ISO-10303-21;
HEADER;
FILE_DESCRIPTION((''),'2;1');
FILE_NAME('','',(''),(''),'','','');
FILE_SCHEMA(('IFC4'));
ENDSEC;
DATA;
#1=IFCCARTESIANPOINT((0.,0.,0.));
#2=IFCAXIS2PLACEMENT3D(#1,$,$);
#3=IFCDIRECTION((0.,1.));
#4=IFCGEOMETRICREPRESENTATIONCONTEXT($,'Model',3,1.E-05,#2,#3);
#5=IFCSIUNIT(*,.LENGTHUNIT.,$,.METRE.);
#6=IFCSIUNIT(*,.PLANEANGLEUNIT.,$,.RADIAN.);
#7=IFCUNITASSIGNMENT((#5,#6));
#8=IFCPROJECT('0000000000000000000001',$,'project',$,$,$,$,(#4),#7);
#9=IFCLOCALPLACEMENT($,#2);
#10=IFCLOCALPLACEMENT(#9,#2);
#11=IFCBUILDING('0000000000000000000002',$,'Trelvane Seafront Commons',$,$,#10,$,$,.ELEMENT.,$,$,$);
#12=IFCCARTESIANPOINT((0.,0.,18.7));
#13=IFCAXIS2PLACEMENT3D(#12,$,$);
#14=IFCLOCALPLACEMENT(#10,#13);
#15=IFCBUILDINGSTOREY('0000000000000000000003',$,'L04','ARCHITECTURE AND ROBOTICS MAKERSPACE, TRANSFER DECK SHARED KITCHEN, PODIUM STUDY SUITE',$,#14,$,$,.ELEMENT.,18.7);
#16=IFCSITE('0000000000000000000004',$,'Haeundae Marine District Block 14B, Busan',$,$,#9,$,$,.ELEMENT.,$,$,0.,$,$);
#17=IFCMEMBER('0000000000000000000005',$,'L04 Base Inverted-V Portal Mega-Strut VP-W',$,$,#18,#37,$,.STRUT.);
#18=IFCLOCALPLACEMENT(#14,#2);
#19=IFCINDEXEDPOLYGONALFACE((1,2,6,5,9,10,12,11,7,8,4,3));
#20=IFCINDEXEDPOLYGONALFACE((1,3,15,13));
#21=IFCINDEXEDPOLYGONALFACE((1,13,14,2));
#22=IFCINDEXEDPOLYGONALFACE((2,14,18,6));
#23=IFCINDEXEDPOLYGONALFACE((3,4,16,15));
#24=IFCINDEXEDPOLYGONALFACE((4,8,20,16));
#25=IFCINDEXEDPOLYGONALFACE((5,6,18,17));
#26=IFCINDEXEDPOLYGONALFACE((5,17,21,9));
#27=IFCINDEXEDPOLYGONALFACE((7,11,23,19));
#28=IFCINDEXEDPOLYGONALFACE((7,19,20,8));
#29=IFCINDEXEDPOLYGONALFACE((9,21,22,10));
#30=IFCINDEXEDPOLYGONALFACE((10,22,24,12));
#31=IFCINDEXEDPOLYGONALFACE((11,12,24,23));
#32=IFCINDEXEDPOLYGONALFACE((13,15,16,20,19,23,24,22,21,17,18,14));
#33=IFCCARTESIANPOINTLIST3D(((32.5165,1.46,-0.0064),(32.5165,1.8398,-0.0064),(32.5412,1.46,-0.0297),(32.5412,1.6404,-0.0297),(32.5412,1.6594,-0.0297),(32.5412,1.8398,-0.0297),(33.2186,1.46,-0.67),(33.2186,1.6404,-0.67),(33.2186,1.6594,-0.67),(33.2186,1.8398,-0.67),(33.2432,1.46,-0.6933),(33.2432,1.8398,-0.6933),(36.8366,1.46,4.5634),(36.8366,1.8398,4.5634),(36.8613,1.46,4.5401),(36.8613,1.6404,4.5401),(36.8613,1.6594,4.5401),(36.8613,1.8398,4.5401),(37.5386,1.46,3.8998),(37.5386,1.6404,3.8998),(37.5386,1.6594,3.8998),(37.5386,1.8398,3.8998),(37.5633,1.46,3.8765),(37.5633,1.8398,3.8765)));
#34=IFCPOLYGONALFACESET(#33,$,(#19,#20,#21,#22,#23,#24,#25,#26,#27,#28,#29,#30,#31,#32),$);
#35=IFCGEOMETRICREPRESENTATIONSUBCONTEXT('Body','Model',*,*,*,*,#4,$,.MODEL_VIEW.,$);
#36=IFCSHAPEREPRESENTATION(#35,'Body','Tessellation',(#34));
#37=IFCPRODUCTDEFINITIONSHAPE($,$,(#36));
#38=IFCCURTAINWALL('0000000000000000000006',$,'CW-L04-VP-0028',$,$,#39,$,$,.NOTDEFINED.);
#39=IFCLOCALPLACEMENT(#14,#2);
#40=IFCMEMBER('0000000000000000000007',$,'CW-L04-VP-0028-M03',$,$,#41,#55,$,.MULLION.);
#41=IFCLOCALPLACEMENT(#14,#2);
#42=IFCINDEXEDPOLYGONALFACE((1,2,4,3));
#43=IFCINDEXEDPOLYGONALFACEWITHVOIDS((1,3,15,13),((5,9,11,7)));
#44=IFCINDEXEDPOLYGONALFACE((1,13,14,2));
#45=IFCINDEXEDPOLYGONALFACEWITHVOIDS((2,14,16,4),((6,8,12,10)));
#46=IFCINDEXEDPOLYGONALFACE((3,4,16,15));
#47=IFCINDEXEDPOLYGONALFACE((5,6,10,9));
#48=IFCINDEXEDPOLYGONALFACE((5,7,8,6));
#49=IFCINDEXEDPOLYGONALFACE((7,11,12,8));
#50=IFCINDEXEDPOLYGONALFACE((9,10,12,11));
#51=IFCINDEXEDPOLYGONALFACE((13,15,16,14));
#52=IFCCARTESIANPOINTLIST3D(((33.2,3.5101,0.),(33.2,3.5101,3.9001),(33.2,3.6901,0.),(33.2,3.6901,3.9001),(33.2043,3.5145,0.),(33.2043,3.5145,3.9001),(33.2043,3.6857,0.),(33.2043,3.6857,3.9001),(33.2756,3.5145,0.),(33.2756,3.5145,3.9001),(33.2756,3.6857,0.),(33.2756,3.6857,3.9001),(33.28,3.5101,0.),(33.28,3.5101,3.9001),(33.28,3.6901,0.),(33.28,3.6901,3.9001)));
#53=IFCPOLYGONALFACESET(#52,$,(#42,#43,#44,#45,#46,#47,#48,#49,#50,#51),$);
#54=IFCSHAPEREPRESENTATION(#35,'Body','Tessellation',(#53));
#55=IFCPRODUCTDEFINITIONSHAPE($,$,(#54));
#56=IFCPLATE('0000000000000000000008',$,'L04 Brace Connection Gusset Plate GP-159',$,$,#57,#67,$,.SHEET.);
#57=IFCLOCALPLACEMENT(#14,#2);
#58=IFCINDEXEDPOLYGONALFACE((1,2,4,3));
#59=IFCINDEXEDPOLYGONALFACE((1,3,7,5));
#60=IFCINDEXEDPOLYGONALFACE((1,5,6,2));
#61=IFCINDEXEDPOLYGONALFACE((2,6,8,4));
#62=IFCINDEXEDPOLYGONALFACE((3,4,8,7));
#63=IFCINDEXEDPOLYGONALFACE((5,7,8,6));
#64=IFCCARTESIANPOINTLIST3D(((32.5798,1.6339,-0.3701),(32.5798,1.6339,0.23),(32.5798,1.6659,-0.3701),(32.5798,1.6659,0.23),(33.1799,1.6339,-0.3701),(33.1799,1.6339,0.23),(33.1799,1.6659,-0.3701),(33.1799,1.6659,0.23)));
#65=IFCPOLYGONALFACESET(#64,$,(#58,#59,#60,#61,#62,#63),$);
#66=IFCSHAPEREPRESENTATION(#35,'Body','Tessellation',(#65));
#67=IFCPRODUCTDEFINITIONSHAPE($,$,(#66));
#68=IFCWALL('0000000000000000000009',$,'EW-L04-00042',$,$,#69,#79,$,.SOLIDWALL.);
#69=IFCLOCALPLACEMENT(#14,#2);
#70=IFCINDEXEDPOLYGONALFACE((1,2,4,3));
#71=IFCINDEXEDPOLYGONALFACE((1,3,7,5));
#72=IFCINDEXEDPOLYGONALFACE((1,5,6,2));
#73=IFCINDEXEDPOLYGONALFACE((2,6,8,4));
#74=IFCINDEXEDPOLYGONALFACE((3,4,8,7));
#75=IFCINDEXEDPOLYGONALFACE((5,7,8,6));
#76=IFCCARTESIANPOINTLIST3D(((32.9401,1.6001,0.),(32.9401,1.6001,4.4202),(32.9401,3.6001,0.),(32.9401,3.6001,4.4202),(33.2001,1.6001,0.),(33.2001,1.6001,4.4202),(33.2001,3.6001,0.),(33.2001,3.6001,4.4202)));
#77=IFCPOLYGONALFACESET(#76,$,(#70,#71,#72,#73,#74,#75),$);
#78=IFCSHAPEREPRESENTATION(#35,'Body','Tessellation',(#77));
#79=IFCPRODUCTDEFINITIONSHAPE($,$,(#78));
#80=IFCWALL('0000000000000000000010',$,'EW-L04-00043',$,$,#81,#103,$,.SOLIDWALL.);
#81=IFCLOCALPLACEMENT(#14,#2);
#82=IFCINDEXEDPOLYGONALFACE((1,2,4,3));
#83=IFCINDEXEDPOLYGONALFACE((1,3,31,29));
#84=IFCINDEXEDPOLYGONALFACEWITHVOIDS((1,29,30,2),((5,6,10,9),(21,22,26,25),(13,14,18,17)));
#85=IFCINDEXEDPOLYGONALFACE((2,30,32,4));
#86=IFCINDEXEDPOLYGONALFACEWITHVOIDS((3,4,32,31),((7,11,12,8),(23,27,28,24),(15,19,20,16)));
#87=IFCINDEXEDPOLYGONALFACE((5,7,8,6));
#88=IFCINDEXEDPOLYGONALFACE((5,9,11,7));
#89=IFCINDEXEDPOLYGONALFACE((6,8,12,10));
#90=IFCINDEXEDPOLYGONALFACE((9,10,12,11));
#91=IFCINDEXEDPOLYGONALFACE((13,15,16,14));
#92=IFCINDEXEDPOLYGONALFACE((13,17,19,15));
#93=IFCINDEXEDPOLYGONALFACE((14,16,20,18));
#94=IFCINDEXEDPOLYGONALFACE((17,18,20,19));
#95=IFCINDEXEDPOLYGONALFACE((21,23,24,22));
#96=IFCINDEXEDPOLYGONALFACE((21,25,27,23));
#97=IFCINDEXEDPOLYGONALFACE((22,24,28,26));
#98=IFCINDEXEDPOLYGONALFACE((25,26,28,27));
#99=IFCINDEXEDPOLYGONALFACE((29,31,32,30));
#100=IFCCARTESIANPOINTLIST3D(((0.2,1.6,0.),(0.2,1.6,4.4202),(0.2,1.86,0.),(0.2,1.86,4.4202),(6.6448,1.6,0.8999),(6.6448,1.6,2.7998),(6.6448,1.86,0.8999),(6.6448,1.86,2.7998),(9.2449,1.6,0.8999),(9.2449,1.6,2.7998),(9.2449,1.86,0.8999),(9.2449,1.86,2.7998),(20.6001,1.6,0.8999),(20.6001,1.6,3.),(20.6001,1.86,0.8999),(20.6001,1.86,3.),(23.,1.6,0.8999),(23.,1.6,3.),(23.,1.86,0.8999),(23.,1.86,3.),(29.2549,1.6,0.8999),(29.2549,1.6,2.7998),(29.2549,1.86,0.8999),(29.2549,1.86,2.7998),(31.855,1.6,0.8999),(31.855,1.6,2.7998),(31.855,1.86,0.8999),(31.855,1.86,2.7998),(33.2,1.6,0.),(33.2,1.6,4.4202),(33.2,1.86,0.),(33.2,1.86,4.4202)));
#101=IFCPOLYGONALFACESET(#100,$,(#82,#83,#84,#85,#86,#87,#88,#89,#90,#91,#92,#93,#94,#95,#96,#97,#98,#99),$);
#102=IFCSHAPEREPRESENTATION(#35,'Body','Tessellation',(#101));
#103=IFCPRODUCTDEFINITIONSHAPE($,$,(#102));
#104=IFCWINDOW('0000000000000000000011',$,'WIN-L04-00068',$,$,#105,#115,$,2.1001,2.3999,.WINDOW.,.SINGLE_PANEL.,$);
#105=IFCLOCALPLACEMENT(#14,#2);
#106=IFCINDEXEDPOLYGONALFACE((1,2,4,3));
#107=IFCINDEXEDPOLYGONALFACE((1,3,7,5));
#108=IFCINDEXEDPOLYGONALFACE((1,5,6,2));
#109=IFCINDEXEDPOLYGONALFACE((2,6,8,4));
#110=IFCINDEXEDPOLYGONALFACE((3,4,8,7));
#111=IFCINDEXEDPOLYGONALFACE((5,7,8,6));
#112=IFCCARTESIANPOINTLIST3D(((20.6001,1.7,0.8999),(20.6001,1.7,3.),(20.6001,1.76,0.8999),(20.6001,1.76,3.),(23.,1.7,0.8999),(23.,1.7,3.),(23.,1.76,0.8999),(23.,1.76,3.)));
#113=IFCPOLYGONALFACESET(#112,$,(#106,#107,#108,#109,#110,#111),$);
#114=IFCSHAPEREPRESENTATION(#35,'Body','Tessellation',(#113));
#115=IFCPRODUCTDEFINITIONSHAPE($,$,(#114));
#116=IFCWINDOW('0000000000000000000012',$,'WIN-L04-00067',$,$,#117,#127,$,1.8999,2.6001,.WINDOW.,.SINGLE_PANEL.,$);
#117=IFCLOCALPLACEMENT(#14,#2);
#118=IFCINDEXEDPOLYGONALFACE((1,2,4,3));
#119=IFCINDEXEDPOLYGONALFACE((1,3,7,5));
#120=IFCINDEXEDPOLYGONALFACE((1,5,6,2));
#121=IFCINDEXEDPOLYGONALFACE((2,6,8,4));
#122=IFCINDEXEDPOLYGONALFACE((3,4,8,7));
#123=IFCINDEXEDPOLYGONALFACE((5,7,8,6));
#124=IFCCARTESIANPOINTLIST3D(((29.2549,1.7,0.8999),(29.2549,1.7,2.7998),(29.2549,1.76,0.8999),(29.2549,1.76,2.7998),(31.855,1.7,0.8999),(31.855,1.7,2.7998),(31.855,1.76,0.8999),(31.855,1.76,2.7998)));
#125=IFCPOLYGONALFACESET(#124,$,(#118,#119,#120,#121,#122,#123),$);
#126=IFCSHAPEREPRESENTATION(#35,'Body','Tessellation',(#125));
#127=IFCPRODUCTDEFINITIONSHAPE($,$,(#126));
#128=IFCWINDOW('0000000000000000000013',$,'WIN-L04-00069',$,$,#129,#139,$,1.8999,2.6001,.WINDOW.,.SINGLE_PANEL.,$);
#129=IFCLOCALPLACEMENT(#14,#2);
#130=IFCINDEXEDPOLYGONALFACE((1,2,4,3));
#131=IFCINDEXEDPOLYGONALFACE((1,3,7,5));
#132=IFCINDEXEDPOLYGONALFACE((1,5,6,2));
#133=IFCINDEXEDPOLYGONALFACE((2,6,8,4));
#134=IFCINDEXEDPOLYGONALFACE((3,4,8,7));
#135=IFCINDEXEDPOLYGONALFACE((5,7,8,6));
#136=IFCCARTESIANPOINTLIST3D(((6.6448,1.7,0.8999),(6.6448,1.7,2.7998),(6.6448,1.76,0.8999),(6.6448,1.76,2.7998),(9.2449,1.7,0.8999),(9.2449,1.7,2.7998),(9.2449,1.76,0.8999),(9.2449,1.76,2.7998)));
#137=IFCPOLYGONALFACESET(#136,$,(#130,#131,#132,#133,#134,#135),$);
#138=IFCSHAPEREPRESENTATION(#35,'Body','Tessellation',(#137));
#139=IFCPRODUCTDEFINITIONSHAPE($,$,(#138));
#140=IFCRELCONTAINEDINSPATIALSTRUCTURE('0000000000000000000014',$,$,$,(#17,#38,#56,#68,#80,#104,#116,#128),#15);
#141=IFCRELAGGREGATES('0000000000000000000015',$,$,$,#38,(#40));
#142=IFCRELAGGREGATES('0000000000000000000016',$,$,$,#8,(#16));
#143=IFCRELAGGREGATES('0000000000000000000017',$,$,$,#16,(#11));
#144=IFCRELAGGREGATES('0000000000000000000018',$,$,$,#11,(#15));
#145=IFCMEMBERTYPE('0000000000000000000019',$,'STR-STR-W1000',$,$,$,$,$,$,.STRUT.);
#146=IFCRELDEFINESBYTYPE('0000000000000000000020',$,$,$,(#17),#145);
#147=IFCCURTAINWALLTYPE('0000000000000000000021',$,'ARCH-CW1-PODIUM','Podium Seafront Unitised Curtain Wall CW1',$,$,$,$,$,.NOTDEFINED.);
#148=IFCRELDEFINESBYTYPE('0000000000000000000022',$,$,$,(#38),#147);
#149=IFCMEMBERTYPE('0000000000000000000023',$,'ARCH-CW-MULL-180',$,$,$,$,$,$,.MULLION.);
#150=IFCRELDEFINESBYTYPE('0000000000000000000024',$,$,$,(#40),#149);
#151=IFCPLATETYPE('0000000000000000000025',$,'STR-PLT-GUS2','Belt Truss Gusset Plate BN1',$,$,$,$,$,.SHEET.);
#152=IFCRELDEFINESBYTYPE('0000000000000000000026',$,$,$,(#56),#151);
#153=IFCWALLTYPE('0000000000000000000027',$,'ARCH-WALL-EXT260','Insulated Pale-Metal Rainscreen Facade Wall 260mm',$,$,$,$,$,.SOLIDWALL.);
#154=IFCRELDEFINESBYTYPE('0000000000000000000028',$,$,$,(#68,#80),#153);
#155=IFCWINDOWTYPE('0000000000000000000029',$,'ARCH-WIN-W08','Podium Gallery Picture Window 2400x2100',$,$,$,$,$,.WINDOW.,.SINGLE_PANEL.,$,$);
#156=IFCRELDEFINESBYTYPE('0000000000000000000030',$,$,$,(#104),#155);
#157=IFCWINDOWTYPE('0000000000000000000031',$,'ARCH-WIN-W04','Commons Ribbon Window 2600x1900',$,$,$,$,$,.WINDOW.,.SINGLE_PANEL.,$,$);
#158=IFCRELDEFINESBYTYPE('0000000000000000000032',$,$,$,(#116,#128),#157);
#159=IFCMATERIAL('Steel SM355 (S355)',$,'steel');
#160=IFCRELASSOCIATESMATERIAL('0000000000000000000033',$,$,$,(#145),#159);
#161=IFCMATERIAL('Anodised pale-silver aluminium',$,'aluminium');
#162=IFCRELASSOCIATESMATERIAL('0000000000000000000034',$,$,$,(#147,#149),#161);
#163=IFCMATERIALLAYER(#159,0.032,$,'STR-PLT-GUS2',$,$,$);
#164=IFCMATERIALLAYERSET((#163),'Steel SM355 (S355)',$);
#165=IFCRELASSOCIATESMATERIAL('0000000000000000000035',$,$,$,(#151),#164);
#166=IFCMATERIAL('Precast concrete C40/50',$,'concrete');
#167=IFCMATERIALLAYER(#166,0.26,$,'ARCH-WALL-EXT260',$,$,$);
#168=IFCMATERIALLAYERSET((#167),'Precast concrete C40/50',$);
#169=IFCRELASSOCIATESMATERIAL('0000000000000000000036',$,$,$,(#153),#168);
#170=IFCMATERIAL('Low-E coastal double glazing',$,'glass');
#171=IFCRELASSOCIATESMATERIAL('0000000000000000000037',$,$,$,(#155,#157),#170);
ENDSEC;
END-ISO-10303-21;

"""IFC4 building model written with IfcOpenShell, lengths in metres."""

from ifc_helpers import new_model, si_unit, direction, frame, frame_2d, origin, origin_2d, place, context, subcontext, project, spatial, rectangle, hollow_rectangle, i_section, extrude, source, transform, mapped, material, layer, layer_set, material_profile, profile_set, type_object, element, fill, aggregate, save


model = new_model("IFC4")

# Units and contexts
model_context = context("Model", 3, precision=1e-05, world=origin(), true_north=direction((0.0, 1.0)))
body_context = subcontext(model_context, "Body", "Model", "MODEL_VIEW")
ifc_project = project(units=[si_unit("LENGTHUNIT", "METRE"), si_unit("PLANEANGLEUNIT", "RADIAN")], contexts=[model_context])

# Site, building, storey
site_placement = place(None, origin())
site = spatial("IfcSite", under=ifc_project, at=site_placement, Name="Haeundae Marine District Block 14B, Busan", CompositionType="ELEMENT", RefElevation=0.0)
building_placement = place(site_placement, origin())
building = spatial("IfcBuilding", under=site, at=building_placement, Name="Trelvane Seafront Commons", CompositionType="ELEMENT")
storey_placement = place(building_placement, frame((0.0, 0.0, 18.7)))
storey = spatial("IfcBuildingStorey", under=building, at=storey_placement, Name="L04", Description="ARCHITECTURE AND ROBOTICS MAKERSPACE, TRANSFER DECK SHARED KITCHEN, PODIUM STUDY SUITE", CompositionType="ELEMENT", Elevation=18.7)

# Shared definitions
ifc_material_1 = material(Name="Steel SM355 (S355)", Category="steel")

# Member
ifc_material_profile_1 = material_profile(ifc_material_1, i_section(OverallWidth=0.3799, OverallDepth=1.0, WebThickness=0.019, FlangeThickness=0.0339, at=origin_2d()), Name="W-1000x380x19x34")
ifc_profile_set_1 = profile_set([ifc_material_profile_1], Name="Steel SM355 (S355)")
member_type_1 = type_object("IfcMemberType", Name="STR-STR-W1000", PredefinedType="STRUT", material=ifc_profile_set_1)
shared_shape_1 = source(origin(), body_context, "Body", "SweptSolid", [
    extrude(i_section(OverallWidth=0.3799, OverallDepth=1.0, WebThickness=0.019, FlangeThickness=0.0339, at=origin_2d()), origin(), (0.0, 0.0, 1.0), 6.2886),
])
member_1_placement = place(storey_placement, frame((32.8799, 1.6499, -0.3499), z_axis=(0.68697, 0.0, 0.726686), x_axis=(0.0, 1.0, 0.0)))
element("IfcMember", 1, at=member_1_placement, inside=storey, type_object=member_type_1, Name="L04 Base Inverted-V Portal Mega-Strut VP-W", PredefinedType="STRUT", context=body_context, shape_type="MappedRepresentation", body=[
    mapped(shared_shape_1, transform((0.0, 0.0, 0.0), x_axis=(1.0, 0.0, 0.0), y_axis=(0.0, 1.0, 0.0), z_axis=(0.0, 0.0, 1.0), scale=1.0)),
])

# Curtain wall, member
ifc_material_2 = material(Name="Anodised pale-silver aluminium", Category="aluminium")
curtain_wall_type = type_object("IfcCurtainWallType", Name="ARCH-CW1-PODIUM", Description="Podium Seafront Unitised Curtain Wall CW1", PredefinedType="NOTDEFINED", material=ifc_material_2)
curtain_wall_placement = place(storey_placement, origin())
curtain_wall = element("IfcCurtainWall", 2, at=curtain_wall_placement, inside=storey, type_object=curtain_wall_type, Name="CW-L04-VP-0028", PredefinedType="NOTDEFINED")
ifc_material_profile_2 = material_profile(ifc_material_2, hollow_rectangle(XDim=0.0801, YDim=0.1799, WallThickness=0.0044, at=origin_2d()), Name="MULL-80x180x4.5")
ifc_profile_set_2 = profile_set([ifc_material_profile_2], Name="Anodised pale-silver aluminium")
member_type_2 = type_object("IfcMemberType", Name="ARCH-CW-MULL-180", PredefinedType="MULLION", material=ifc_profile_set_2)
shared_shape_2 = source(origin(), body_context, "Body", "SweptSolid", [
    extrude(hollow_rectangle(XDim=0.0801, YDim=0.1799, WallThickness=0.0044, at=origin_2d()), origin(), (0.0, 0.0, 1.0), 3.9001),
])
member_2_placement = place(storey_placement, frame((33.24, 3.6001, 0.0), z_axis=(0.0, 0.0, 1.0), x_axis=(1.0, 0.0, 0.0)))
member_2 = element("IfcMember", 3, at=member_2_placement, type_object=member_type_2, Name="CW-L04-VP-0028-M03", PredefinedType="MULLION", context=body_context, shape_type="MappedRepresentation", body=[
    mapped(shared_shape_2, transform((0.0, 0.0, 0.0), x_axis=(1.0, 0.0, 0.0), y_axis=(0.0, 1.0, 0.0), z_axis=(0.0, 0.0, 1.0), scale=1.0)),
])
aggregate(curtain_wall, [member_2])

# Plate
ifc_layer_1 = layer(ifc_material_1, 0.032, Name="STR-PLT-GUS2")
ifc_layer_set_1 = layer_set([ifc_layer_1], Name="Steel SM355 (S355)")
plate_type = type_object("IfcPlateType", Name="STR-PLT-GUS2", Description="Belt Truss Gusset Plate BN1", PredefinedType="SHEET", material=ifc_layer_set_1)
shared_shape_3 = source(origin(), body_context, "Body", "SweptSolid", [
    extrude(rectangle(XDim=0.6001, YDim=0.032, at=origin_2d()), origin(), (0.0, 0.0, 1.0), 0.6001),
])
plate_placement = place(storey_placement, frame((32.8799, 1.6499, -0.3701), z_axis=(0.0, 0.0, 1.0), x_axis=(1.0, 0.0, 0.0)))
element("IfcPlate", 4, at=plate_placement, inside=storey, type_object=plate_type, Name="L04 Brace Connection Gusset Plate GP-159", PredefinedType="SHEET", context=body_context, shape_type="MappedRepresentation", body=[
    mapped(shared_shape_3, transform((0.0, 0.0, 0.0), x_axis=(1.0, 0.0, 0.0), y_axis=(0.0, 1.0, 0.0), z_axis=(0.0, 0.0, 1.0), scale=1.0)),
])

# Wall
ifc_material_3 = material(Name="Precast concrete C40/50", Category="concrete")
ifc_layer_2 = layer(ifc_material_3, 0.26, Name="ARCH-WALL-EXT260")
ifc_layer_set_2 = layer_set([ifc_layer_2], Name="Precast concrete C40/50")
wall_type_1 = type_object("IfcWallType", Name="ARCH-WALL-EXT260", Description="Insulated Pale-Metal Rainscreen Facade Wall 260mm", PredefinedType="SOLIDWALL", material=ifc_layer_set_2)
wall_1_placement = place(storey_placement, frame((33.0701, 3.6001, 0.0), z_axis=(0.0, 0.0, 1.0), x_axis=(0.0, -1.0, 0.0)))
element("IfcWall", 5, at=wall_1_placement, inside=storey, type_object=wall_type_1, Name="EW-L04-00042", PredefinedType="SOLIDWALL", context=body_context, shape_type="SweptSolid", body=[
    extrude(rectangle(XDim=2.0, YDim=0.26, at=frame_2d((1.0, 0.0))), origin(), (0.0, 0.0, 1.0), 4.4202),
])

# Wall, openings, windows
wall_2_placement = place(storey_placement, frame((33.2, 1.73, 0.0), z_axis=(0.0, 0.0, 1.0), x_axis=(-1.0, 0.0, 0.0)))
wall_2 = element("IfcWall", 6, at=wall_2_placement, inside=storey, type_object=wall_type_1, Name="EW-L04-00043", PredefinedType="SOLIDWALL", context=body_context, shape_type="SweptSolid", body=[
    extrude(rectangle(XDim=33.0, YDim=0.26, at=frame_2d((16.5, 0.0))), origin(), (0.0, 0.0, 1.0), 4.4202),
])
opening_1_placement = place(wall_2_placement, frame((1.345, 0.0, 0.8999)))
opening_1 = element("IfcOpeningElement", 7, at=opening_1_placement, cuts=wall_2, PredefinedType="OPENING", context=body_context, shape_type="SweptSolid", body=[
    extrude(rectangle(XDim=2.6001, YDim=1.8999, at=frame_2d((1.3, 0.95))), frame((0.0, 0.1399, 0.0), z_axis=(0.0, -1.0, 0.0), x_axis=(1.0, 0.0, 0.0)), (0.0, 0.0, 1.0), 0.28),
])
opening_2_placement = place(wall_2_placement, frame((10.2, 0.0, 0.8999)))
opening_2 = element("IfcOpeningElement", 8, at=opening_2_placement, cuts=wall_2, PredefinedType="OPENING", context=body_context, shape_type="SweptSolid", body=[
    extrude(rectangle(XDim=2.3999, YDim=2.1001, at=frame_2d((1.2, 1.05))), frame((0.0, 0.1399, 0.0), z_axis=(0.0, -1.0, 0.0), x_axis=(1.0, 0.0, 0.0)), (0.0, 0.0, 1.0), 0.28),
])
opening_3_placement = place(wall_2_placement, frame((23.9551, 0.0, 0.8999)))
opening_3 = element("IfcOpeningElement", 9, at=opening_3_placement, cuts=wall_2, PredefinedType="OPENING", context=body_context, shape_type="SweptSolid", body=[
    extrude(rectangle(XDim=2.6001, YDim=1.8999, at=frame_2d((1.3, 0.95))), frame((0.0, 0.1399, 0.0), z_axis=(0.0, -1.0, 0.0), x_axis=(1.0, 0.0, 0.0)), (0.0, 0.0, 1.0), 0.28),
])
ifc_material_4 = material(Name="Low-E coastal double glazing", Category="glass")
window_type_1 = type_object("IfcWindowType", Name="ARCH-WIN-W08", Description="Podium Gallery Picture Window 2400x2100", PartitioningType="SINGLE_PANEL", PredefinedType="WINDOW", material=ifc_material_4)
shared_shape_4 = source(origin(), body_context, "Body", "SweptSolid", [
    extrude(rectangle(XDim=2.3999, YDim=2.1001, at=frame_2d((1.2, 1.05))), frame((0.0, 0.03, 0.0), z_axis=(0.0, -1.0, 0.0), x_axis=(1.0, 0.0, 0.0)), (0.0, 0.0, 1.0), 0.0601),
])
window_1_placement = place(opening_2_placement, origin())
window_1 = element("IfcWindow", 10, at=window_1_placement, inside=storey, type_object=window_type_1, Name="WIN-L04-00068", OverallHeight=2.1001, OverallWidth=2.3999, PartitioningType="SINGLE_PANEL", PredefinedType="WINDOW", context=body_context, shape_type="MappedRepresentation", body=[
    mapped(shared_shape_4, transform((0.0, 0.0, 0.0), x_axis=(1.0, 0.0, 0.0), y_axis=(0.0, 1.0, 0.0), z_axis=(0.0, 0.0, 1.0), scale=1.0)),
])
fill(opening_2, window_1)
window_type_2 = type_object("IfcWindowType", Name="ARCH-WIN-W04", Description="Commons Ribbon Window 2600x1900", PartitioningType="SINGLE_PANEL", PredefinedType="WINDOW", material=ifc_material_4)
shared_shape_5 = source(origin(), body_context, "Body", "SweptSolid", [
    extrude(rectangle(XDim=2.6001, YDim=1.8999, at=frame_2d((1.3, 0.95))), frame((0.0, 0.03, 0.0), z_axis=(0.0, -1.0, 0.0), x_axis=(1.0, 0.0, 0.0)), (0.0, 0.0, 1.0), 0.0601),
])
window_2_placement = place(opening_1_placement, origin())
window_2 = element("IfcWindow", 11, at=window_2_placement, inside=storey, type_object=window_type_2, Name="WIN-L04-00067", OverallHeight=1.8999, OverallWidth=2.6001, PartitioningType="SINGLE_PANEL", PredefinedType="WINDOW", context=body_context, shape_type="MappedRepresentation", body=[
    mapped(shared_shape_5, transform((0.0, 0.0, 0.0), x_axis=(1.0, 0.0, 0.0), y_axis=(0.0, 1.0, 0.0), z_axis=(0.0, 0.0, 1.0), scale=1.0)),
])
fill(opening_1, window_2)
window_3_placement = place(opening_3_placement, origin())
window_3 = element("IfcWindow", 12, at=window_3_placement, inside=storey, type_object=window_type_2, Name="WIN-L04-00069", OverallHeight=1.8999, OverallWidth=2.6001, PartitioningType="SINGLE_PANEL", PredefinedType="WINDOW", context=body_context, shape_type="MappedRepresentation", body=[
    mapped(shared_shape_5, transform((0.0, 0.0, 0.0), x_axis=(1.0, 0.0, 0.0), y_axis=(0.0, 1.0, 0.0), z_axis=(0.0, 0.0, 1.0), scale=1.0)),
])
fill(opening_3, window_3)

save(model, "model.ifc")
